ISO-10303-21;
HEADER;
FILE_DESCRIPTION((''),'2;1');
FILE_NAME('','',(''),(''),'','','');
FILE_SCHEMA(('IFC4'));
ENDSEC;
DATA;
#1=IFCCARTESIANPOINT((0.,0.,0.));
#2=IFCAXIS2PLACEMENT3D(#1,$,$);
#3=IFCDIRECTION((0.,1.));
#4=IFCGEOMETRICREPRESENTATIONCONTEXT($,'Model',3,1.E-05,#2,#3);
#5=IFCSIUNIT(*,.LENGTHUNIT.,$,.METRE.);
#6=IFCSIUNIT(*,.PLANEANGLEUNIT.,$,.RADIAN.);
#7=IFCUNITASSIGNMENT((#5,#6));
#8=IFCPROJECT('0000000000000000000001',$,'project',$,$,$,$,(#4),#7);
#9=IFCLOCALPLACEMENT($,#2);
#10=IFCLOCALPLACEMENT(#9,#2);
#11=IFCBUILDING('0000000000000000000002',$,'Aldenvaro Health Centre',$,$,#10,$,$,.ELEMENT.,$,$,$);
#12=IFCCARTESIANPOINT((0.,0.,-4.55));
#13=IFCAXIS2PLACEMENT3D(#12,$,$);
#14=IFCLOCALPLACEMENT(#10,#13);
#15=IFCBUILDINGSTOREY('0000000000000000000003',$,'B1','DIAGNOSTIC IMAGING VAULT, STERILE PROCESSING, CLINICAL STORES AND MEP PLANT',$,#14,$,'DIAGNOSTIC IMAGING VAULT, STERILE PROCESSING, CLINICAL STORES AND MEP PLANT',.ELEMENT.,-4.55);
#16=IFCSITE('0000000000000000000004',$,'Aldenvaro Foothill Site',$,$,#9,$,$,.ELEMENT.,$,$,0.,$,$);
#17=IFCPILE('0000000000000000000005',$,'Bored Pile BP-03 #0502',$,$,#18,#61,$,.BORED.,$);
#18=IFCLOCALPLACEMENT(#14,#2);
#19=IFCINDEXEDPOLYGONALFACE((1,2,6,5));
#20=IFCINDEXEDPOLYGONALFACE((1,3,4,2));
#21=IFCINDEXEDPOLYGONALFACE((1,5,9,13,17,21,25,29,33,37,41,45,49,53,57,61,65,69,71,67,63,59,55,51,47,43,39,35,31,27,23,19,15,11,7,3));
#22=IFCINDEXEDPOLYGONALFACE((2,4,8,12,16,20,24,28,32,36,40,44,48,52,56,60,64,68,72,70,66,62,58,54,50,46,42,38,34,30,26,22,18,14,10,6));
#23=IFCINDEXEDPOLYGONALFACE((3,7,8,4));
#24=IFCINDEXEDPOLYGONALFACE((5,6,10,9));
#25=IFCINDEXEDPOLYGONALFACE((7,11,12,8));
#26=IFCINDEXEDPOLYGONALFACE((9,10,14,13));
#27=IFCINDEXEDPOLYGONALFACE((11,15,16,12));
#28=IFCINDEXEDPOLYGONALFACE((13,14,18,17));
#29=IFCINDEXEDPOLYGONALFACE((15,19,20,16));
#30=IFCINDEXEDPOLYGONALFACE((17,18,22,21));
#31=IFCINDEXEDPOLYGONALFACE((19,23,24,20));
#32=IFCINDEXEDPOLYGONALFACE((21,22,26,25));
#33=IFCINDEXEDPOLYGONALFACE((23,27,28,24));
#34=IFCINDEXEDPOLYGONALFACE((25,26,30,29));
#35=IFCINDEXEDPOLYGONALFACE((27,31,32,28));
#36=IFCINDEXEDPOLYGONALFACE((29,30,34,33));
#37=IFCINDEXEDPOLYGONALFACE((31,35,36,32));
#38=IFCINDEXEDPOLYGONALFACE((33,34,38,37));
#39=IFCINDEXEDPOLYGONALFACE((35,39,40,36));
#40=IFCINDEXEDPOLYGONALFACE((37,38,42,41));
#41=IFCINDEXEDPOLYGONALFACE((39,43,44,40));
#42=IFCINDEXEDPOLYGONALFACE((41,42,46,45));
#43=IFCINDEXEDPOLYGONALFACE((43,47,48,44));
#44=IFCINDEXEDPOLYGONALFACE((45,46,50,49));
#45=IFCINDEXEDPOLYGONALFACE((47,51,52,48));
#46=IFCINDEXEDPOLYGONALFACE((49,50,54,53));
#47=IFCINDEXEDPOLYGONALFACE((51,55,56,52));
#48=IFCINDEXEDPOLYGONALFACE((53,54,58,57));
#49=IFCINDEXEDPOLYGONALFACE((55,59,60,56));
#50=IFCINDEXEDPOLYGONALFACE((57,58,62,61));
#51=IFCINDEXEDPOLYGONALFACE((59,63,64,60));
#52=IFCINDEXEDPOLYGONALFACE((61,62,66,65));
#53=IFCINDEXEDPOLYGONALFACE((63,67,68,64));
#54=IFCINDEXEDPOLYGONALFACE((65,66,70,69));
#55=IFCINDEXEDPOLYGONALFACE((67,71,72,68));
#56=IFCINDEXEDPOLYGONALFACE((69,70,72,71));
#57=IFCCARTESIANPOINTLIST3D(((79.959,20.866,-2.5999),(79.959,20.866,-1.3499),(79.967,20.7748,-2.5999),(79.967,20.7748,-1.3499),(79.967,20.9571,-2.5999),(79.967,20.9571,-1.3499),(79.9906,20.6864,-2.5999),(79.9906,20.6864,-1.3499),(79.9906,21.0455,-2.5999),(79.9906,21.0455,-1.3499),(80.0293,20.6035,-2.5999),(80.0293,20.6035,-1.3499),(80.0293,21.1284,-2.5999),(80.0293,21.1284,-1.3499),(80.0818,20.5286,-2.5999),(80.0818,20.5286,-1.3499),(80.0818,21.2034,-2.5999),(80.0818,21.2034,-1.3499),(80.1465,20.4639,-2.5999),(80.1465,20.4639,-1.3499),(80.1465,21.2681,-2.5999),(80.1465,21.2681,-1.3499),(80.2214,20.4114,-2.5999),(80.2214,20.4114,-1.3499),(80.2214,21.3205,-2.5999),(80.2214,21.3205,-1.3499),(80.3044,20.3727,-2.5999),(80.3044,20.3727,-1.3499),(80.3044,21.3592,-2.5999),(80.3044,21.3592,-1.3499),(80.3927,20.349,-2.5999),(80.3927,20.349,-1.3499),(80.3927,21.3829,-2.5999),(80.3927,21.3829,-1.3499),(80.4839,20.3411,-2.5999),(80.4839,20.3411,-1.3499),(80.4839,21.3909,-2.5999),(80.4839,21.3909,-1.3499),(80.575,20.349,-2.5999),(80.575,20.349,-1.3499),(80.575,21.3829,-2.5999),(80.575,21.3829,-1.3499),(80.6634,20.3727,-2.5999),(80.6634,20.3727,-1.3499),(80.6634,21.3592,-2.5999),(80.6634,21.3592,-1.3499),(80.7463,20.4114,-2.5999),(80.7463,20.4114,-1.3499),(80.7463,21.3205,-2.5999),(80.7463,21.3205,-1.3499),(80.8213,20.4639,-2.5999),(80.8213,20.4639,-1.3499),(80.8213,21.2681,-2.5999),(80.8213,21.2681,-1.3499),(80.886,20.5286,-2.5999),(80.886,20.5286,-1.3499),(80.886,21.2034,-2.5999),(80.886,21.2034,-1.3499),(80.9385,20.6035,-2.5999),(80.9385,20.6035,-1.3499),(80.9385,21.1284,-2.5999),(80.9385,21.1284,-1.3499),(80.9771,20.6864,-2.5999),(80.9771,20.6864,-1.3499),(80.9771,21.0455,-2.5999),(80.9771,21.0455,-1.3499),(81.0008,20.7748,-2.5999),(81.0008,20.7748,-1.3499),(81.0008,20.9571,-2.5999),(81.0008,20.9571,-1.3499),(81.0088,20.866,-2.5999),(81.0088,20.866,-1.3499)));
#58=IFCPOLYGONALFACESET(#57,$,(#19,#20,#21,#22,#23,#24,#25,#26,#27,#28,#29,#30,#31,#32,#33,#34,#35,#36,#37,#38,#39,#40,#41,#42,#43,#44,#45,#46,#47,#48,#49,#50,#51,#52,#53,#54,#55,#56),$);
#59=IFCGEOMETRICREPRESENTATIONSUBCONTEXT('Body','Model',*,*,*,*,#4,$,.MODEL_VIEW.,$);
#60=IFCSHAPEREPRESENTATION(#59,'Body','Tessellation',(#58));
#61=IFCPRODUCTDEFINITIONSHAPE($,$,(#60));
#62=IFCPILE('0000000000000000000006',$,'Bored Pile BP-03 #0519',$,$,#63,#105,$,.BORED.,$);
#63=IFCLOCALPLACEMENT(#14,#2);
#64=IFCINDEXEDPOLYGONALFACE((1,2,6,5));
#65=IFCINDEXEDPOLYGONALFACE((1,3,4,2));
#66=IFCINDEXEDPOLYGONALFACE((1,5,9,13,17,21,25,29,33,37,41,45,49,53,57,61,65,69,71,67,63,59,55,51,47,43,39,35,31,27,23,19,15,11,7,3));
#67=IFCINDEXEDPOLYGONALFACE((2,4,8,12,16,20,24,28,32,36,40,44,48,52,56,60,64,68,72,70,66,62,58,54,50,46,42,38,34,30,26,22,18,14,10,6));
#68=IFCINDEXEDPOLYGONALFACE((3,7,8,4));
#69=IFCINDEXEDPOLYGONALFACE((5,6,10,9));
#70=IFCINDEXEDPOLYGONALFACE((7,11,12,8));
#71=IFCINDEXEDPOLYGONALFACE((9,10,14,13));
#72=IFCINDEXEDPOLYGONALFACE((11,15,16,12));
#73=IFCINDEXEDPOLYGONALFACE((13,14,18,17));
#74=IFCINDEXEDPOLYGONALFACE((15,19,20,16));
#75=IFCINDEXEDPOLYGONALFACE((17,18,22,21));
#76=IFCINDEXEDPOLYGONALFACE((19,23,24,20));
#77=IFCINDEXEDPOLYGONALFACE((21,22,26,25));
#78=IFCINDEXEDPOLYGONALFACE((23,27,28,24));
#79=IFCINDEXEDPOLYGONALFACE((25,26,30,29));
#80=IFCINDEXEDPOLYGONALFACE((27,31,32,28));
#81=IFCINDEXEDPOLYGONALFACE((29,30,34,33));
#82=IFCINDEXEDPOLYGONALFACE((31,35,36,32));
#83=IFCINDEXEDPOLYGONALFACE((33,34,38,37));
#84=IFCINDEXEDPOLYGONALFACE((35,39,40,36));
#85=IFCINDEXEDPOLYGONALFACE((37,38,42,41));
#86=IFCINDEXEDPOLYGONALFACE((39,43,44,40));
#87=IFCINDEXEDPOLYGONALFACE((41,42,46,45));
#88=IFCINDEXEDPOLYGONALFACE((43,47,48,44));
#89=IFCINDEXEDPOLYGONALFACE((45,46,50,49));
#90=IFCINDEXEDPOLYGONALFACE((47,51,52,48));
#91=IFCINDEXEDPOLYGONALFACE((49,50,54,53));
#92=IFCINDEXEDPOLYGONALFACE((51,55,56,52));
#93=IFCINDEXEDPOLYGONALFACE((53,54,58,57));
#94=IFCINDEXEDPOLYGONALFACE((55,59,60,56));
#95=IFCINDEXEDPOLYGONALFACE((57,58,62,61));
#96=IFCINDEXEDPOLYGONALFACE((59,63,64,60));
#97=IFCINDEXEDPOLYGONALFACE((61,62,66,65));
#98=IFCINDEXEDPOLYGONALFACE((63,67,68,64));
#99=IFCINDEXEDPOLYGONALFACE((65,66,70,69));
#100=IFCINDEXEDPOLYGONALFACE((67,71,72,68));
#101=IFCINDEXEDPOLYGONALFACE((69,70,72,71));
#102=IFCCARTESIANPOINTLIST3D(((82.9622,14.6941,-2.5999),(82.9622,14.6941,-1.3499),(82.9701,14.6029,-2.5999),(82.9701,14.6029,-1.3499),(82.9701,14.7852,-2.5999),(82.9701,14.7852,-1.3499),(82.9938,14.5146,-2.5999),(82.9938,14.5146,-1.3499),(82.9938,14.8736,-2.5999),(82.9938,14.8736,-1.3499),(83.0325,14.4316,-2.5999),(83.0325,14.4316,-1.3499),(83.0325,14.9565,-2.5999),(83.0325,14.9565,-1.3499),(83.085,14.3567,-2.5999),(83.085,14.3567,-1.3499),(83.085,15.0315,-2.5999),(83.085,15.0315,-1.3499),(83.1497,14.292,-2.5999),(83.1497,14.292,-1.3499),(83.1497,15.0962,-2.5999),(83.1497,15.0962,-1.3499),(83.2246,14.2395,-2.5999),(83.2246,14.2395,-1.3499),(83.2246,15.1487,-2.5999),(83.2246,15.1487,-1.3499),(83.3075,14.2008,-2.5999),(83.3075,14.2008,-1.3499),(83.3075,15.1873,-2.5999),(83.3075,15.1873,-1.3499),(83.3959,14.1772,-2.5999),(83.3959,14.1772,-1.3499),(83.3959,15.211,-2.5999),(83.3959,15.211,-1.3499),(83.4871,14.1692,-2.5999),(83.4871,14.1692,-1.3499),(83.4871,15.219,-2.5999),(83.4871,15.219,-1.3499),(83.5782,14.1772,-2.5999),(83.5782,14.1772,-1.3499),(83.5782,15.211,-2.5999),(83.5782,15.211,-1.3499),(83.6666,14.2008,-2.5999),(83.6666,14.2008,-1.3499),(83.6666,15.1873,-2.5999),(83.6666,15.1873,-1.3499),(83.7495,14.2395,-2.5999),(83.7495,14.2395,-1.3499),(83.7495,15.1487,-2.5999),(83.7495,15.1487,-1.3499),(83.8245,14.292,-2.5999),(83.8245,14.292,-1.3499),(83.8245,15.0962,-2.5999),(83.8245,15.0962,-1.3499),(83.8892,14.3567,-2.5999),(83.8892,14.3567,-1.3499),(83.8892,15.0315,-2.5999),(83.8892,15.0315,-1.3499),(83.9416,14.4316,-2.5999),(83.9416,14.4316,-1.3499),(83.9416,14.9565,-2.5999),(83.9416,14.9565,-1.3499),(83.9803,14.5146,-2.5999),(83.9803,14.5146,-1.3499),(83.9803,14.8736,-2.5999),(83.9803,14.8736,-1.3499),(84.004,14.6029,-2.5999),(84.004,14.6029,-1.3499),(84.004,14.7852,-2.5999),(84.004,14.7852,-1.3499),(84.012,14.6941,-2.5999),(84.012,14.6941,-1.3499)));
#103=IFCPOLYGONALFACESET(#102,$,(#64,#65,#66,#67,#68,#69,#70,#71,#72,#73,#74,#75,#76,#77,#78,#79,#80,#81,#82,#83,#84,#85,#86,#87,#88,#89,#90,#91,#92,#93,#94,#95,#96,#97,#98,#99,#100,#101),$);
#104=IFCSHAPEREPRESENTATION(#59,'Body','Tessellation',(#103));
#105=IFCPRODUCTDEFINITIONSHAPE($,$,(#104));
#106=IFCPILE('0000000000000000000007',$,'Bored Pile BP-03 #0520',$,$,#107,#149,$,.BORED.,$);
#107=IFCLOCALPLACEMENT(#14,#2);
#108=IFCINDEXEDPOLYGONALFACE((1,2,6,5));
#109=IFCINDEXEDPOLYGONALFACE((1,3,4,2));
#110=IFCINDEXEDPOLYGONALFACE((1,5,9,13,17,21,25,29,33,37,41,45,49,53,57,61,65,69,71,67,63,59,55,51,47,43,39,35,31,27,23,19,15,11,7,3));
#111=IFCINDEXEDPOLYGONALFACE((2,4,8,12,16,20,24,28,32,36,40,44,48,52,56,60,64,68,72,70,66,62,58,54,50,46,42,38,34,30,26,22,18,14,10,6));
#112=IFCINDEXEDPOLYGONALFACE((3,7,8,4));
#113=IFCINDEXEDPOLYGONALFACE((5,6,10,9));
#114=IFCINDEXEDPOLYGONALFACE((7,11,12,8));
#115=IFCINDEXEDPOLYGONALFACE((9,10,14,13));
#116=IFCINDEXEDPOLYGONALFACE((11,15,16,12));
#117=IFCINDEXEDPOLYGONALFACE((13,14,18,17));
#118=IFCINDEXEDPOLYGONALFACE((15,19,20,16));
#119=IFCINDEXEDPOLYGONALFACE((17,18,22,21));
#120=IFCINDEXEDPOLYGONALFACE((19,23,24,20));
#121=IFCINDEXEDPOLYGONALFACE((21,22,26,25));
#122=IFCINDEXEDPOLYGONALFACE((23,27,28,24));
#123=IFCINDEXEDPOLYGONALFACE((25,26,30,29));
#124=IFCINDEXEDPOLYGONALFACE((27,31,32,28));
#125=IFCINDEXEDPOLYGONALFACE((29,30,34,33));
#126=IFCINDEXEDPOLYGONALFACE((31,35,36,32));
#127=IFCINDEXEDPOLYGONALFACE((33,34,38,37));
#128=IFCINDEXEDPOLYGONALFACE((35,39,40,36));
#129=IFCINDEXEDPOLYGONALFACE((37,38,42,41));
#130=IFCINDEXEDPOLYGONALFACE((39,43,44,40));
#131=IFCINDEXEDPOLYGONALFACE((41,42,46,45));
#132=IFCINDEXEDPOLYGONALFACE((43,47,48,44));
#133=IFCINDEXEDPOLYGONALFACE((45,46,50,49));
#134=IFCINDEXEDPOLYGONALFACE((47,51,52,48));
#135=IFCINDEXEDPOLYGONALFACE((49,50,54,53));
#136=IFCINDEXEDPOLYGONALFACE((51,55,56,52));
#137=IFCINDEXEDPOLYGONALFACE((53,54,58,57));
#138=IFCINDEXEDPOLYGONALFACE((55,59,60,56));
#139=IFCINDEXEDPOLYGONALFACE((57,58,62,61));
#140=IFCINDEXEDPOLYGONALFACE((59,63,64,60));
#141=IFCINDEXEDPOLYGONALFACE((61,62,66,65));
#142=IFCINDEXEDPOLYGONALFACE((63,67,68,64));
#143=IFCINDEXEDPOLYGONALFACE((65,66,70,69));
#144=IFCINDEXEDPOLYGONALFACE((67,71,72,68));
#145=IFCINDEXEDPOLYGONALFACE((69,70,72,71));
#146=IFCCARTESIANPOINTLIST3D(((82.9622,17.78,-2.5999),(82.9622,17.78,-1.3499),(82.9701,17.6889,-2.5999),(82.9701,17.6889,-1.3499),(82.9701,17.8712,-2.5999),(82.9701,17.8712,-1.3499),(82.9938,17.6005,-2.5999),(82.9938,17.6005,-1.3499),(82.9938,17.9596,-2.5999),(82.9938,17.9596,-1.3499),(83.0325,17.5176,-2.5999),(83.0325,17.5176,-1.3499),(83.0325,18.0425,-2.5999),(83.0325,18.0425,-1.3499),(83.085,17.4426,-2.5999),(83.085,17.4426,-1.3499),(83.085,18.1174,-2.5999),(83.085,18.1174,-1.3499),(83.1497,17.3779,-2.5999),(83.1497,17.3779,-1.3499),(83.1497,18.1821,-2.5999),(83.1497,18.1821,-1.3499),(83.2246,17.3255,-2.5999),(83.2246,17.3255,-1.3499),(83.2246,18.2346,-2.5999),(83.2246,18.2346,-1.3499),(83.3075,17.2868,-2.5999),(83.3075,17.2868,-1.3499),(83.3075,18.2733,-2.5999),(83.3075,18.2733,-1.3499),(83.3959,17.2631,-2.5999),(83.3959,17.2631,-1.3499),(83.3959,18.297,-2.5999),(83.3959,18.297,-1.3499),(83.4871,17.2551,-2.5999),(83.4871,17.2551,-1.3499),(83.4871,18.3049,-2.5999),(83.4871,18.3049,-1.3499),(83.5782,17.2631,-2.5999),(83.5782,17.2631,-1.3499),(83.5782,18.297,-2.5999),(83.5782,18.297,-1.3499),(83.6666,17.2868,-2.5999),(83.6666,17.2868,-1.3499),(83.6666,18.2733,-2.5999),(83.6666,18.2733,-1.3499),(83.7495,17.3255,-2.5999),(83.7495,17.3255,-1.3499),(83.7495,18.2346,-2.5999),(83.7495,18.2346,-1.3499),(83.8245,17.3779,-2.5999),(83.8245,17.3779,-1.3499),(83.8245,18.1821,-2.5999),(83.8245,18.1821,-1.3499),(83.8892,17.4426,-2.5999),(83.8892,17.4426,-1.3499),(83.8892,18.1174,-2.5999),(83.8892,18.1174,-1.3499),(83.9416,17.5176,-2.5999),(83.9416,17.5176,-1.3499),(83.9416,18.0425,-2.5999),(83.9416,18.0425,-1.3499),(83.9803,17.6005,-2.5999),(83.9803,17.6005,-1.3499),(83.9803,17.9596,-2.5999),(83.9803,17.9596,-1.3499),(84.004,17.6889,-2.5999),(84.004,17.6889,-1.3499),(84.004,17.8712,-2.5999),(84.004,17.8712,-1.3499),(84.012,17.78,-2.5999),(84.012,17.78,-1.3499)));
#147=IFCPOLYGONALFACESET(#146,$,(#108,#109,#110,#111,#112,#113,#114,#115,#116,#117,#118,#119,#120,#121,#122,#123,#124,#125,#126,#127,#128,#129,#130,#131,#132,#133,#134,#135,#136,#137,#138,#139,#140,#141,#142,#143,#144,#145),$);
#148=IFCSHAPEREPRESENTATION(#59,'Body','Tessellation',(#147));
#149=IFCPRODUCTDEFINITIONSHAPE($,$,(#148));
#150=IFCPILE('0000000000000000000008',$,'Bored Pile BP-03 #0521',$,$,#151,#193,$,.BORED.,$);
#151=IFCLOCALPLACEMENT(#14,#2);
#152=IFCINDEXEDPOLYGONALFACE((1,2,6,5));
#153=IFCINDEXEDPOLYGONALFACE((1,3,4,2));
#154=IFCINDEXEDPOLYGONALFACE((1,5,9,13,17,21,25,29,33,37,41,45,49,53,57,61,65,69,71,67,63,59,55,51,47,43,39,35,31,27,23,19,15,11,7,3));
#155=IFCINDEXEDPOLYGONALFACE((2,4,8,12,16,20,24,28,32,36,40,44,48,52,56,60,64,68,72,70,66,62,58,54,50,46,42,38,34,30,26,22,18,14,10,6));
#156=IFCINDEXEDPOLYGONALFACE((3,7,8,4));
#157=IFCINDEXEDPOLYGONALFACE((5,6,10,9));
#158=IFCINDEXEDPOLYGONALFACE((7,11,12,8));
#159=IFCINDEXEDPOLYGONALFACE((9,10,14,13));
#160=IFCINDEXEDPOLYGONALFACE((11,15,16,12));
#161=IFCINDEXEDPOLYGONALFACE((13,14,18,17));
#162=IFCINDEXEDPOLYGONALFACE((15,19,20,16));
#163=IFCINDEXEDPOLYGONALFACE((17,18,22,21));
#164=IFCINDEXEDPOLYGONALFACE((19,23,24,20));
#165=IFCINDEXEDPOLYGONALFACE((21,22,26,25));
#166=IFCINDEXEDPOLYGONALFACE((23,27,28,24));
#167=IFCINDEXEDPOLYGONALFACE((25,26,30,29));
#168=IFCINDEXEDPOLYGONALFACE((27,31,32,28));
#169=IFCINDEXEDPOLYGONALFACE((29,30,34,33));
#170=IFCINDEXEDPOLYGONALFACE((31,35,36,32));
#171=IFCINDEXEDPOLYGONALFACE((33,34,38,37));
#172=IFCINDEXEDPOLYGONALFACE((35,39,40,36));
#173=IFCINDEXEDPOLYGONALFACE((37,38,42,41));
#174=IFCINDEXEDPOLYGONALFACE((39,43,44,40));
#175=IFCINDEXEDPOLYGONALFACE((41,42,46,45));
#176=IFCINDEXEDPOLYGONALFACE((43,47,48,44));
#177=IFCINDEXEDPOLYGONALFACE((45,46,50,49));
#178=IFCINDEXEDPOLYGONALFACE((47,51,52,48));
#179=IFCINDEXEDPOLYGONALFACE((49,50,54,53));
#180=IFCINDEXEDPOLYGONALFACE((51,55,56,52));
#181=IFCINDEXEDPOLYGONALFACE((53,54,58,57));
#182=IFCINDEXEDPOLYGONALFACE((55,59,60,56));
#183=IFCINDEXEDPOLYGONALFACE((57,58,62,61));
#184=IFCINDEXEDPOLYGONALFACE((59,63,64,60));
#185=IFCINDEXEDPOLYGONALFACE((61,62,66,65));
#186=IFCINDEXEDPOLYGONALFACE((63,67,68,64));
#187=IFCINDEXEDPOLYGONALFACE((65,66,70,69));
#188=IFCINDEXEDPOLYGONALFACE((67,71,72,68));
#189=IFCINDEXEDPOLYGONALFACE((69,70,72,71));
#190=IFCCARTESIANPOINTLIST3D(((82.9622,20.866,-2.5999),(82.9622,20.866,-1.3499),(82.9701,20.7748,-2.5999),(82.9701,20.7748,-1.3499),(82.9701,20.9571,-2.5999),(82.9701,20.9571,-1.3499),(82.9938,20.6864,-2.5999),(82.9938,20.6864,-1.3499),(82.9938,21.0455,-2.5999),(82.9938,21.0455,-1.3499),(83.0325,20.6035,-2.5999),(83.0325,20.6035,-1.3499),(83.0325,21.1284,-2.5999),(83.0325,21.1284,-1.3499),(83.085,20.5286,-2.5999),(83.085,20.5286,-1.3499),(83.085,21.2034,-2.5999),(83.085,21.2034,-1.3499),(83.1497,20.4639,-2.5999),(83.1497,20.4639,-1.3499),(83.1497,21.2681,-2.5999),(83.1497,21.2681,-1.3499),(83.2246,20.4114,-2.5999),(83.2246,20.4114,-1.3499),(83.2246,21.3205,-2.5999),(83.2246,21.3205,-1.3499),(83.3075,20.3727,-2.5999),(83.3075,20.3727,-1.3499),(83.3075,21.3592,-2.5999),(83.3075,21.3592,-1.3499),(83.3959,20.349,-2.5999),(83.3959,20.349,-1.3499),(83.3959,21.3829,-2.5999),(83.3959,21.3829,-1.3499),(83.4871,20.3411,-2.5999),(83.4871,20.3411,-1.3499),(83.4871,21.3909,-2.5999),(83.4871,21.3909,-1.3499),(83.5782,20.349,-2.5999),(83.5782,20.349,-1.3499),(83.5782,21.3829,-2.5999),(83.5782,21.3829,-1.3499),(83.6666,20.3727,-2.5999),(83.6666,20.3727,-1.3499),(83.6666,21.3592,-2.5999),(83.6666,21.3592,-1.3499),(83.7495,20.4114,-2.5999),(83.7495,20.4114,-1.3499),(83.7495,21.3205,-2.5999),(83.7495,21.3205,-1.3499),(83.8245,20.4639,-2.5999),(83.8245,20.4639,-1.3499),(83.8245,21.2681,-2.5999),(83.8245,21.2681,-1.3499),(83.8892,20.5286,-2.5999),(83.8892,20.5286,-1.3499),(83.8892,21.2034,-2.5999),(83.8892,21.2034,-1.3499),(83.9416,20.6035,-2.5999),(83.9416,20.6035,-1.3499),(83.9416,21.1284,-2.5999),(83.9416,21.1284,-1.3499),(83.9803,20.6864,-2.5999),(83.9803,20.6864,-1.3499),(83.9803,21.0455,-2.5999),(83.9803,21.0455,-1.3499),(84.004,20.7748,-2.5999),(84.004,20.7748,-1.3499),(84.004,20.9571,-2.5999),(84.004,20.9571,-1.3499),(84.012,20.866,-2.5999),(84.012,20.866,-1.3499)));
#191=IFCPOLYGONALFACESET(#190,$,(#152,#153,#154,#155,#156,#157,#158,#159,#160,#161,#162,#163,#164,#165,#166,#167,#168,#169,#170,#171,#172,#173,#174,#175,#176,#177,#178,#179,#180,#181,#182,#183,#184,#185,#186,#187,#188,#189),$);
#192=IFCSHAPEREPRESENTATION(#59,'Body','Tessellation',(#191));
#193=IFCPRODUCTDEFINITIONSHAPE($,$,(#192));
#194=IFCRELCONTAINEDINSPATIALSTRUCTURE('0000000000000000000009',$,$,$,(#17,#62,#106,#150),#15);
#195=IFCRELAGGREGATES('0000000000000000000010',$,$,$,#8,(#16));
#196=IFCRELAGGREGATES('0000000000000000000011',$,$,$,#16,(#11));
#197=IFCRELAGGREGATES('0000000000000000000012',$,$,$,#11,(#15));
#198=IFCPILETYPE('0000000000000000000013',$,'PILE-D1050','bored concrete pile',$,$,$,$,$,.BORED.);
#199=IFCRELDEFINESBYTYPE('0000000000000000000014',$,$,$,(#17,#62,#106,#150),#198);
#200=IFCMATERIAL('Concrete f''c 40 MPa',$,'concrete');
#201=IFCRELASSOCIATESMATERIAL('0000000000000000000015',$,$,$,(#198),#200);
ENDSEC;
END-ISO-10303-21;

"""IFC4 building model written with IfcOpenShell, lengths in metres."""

from ifc_helpers import new_model, si_unit, direction, frame, origin, origin_2d, place, context, subcontext, project, spatial, circle, extrude, material, material_profile, profile_set, type_object, element, save


model = new_model("IFC4")

# Units and contexts
model_context = context("Model", 3, precision=1e-05, world=origin(), true_north=direction((0.0, 1.0)))
body_context = subcontext(model_context, "Body", "Model", "MODEL_VIEW")
ifc_project = project(units=[si_unit("LENGTHUNIT", "METRE"), si_unit("PLANEANGLEUNIT", "RADIAN")], contexts=[model_context])

# Site, building, storey
site_placement = place(None, origin())
site = spatial("IfcSite", under=ifc_project, at=site_placement, Name="Aldenvaro Foothill Site", CompositionType="ELEMENT", RefElevation=0.0)
building_placement = place(site_placement, origin())
building = spatial("IfcBuilding", under=site, at=building_placement, Name="Aldenvaro Health Centre", CompositionType="ELEMENT")
storey_placement = place(building_placement, frame((0.0, 0.0, -4.55)))
storey = spatial("IfcBuildingStorey", under=building, at=storey_placement, Name="B1", Description="DIAGNOSTIC IMAGING VAULT, STERILE PROCESSING, CLINICAL STORES AND MEP PLANT", LongName="DIAGNOSTIC IMAGING VAULT, STERILE PROCESSING, CLINICAL STORES AND MEP PLANT", CompositionType="ELEMENT", Elevation=-4.55)

# Piles
ifc_material_1 = material(Name="Concrete f'c 40 MPa", Category="concrete")
ifc_material_profile_1 = material_profile(ifc_material_1, circle(Radius=0.5249, at=origin_2d()), Name="PILE D1050", Category="concrete")
ifc_profile_set_1 = profile_set([ifc_material_profile_1], Name="Concrete f'c 40 MPa")
pile_type = type_object("IfcPileType", Name="PILE-D1050", Description="bored concrete pile", PredefinedType="BORED", material=ifc_profile_set_1)
for number, where, z_axis, x_axis, name in (
    (1, (80.4839, 20.866, -1.3499), (0.0, 0.0, -1.0), (1.0, 0.0, 0.0), "Bored Pile BP-03 #0502"),
    (2, (83.4871, 14.6941, -1.3499), (0.0, 0.0, -1.0), (1.0, 0.0, 0.0), "Bored Pile BP-03 #0519"),
    (3, (83.4871, 17.78, -1.3499), (0.0, 0.0, -1.0), (1.0, 0.0, 0.0), "Bored Pile BP-03 #0520"),
    (4, (83.4871, 20.866, -1.3499), (0.0, 0.0, -1.0), (1.0, 0.0, 0.0), "Bored Pile BP-03 #0521"),
):
    element("IfcPile", number, at=place(storey_placement, frame(where, z_axis=z_axis, x_axis=x_axis)), inside=storey, type_object=pile_type, Name=name, PredefinedType="BORED", context=body_context, shape_type="SweptSolid", body=[
        extrude(circle(Radius=0.5249, at=origin_2d()), origin(), (0.0, 0.0, 1.0), 1.25),
    ])

save(model, "model.ifc")
